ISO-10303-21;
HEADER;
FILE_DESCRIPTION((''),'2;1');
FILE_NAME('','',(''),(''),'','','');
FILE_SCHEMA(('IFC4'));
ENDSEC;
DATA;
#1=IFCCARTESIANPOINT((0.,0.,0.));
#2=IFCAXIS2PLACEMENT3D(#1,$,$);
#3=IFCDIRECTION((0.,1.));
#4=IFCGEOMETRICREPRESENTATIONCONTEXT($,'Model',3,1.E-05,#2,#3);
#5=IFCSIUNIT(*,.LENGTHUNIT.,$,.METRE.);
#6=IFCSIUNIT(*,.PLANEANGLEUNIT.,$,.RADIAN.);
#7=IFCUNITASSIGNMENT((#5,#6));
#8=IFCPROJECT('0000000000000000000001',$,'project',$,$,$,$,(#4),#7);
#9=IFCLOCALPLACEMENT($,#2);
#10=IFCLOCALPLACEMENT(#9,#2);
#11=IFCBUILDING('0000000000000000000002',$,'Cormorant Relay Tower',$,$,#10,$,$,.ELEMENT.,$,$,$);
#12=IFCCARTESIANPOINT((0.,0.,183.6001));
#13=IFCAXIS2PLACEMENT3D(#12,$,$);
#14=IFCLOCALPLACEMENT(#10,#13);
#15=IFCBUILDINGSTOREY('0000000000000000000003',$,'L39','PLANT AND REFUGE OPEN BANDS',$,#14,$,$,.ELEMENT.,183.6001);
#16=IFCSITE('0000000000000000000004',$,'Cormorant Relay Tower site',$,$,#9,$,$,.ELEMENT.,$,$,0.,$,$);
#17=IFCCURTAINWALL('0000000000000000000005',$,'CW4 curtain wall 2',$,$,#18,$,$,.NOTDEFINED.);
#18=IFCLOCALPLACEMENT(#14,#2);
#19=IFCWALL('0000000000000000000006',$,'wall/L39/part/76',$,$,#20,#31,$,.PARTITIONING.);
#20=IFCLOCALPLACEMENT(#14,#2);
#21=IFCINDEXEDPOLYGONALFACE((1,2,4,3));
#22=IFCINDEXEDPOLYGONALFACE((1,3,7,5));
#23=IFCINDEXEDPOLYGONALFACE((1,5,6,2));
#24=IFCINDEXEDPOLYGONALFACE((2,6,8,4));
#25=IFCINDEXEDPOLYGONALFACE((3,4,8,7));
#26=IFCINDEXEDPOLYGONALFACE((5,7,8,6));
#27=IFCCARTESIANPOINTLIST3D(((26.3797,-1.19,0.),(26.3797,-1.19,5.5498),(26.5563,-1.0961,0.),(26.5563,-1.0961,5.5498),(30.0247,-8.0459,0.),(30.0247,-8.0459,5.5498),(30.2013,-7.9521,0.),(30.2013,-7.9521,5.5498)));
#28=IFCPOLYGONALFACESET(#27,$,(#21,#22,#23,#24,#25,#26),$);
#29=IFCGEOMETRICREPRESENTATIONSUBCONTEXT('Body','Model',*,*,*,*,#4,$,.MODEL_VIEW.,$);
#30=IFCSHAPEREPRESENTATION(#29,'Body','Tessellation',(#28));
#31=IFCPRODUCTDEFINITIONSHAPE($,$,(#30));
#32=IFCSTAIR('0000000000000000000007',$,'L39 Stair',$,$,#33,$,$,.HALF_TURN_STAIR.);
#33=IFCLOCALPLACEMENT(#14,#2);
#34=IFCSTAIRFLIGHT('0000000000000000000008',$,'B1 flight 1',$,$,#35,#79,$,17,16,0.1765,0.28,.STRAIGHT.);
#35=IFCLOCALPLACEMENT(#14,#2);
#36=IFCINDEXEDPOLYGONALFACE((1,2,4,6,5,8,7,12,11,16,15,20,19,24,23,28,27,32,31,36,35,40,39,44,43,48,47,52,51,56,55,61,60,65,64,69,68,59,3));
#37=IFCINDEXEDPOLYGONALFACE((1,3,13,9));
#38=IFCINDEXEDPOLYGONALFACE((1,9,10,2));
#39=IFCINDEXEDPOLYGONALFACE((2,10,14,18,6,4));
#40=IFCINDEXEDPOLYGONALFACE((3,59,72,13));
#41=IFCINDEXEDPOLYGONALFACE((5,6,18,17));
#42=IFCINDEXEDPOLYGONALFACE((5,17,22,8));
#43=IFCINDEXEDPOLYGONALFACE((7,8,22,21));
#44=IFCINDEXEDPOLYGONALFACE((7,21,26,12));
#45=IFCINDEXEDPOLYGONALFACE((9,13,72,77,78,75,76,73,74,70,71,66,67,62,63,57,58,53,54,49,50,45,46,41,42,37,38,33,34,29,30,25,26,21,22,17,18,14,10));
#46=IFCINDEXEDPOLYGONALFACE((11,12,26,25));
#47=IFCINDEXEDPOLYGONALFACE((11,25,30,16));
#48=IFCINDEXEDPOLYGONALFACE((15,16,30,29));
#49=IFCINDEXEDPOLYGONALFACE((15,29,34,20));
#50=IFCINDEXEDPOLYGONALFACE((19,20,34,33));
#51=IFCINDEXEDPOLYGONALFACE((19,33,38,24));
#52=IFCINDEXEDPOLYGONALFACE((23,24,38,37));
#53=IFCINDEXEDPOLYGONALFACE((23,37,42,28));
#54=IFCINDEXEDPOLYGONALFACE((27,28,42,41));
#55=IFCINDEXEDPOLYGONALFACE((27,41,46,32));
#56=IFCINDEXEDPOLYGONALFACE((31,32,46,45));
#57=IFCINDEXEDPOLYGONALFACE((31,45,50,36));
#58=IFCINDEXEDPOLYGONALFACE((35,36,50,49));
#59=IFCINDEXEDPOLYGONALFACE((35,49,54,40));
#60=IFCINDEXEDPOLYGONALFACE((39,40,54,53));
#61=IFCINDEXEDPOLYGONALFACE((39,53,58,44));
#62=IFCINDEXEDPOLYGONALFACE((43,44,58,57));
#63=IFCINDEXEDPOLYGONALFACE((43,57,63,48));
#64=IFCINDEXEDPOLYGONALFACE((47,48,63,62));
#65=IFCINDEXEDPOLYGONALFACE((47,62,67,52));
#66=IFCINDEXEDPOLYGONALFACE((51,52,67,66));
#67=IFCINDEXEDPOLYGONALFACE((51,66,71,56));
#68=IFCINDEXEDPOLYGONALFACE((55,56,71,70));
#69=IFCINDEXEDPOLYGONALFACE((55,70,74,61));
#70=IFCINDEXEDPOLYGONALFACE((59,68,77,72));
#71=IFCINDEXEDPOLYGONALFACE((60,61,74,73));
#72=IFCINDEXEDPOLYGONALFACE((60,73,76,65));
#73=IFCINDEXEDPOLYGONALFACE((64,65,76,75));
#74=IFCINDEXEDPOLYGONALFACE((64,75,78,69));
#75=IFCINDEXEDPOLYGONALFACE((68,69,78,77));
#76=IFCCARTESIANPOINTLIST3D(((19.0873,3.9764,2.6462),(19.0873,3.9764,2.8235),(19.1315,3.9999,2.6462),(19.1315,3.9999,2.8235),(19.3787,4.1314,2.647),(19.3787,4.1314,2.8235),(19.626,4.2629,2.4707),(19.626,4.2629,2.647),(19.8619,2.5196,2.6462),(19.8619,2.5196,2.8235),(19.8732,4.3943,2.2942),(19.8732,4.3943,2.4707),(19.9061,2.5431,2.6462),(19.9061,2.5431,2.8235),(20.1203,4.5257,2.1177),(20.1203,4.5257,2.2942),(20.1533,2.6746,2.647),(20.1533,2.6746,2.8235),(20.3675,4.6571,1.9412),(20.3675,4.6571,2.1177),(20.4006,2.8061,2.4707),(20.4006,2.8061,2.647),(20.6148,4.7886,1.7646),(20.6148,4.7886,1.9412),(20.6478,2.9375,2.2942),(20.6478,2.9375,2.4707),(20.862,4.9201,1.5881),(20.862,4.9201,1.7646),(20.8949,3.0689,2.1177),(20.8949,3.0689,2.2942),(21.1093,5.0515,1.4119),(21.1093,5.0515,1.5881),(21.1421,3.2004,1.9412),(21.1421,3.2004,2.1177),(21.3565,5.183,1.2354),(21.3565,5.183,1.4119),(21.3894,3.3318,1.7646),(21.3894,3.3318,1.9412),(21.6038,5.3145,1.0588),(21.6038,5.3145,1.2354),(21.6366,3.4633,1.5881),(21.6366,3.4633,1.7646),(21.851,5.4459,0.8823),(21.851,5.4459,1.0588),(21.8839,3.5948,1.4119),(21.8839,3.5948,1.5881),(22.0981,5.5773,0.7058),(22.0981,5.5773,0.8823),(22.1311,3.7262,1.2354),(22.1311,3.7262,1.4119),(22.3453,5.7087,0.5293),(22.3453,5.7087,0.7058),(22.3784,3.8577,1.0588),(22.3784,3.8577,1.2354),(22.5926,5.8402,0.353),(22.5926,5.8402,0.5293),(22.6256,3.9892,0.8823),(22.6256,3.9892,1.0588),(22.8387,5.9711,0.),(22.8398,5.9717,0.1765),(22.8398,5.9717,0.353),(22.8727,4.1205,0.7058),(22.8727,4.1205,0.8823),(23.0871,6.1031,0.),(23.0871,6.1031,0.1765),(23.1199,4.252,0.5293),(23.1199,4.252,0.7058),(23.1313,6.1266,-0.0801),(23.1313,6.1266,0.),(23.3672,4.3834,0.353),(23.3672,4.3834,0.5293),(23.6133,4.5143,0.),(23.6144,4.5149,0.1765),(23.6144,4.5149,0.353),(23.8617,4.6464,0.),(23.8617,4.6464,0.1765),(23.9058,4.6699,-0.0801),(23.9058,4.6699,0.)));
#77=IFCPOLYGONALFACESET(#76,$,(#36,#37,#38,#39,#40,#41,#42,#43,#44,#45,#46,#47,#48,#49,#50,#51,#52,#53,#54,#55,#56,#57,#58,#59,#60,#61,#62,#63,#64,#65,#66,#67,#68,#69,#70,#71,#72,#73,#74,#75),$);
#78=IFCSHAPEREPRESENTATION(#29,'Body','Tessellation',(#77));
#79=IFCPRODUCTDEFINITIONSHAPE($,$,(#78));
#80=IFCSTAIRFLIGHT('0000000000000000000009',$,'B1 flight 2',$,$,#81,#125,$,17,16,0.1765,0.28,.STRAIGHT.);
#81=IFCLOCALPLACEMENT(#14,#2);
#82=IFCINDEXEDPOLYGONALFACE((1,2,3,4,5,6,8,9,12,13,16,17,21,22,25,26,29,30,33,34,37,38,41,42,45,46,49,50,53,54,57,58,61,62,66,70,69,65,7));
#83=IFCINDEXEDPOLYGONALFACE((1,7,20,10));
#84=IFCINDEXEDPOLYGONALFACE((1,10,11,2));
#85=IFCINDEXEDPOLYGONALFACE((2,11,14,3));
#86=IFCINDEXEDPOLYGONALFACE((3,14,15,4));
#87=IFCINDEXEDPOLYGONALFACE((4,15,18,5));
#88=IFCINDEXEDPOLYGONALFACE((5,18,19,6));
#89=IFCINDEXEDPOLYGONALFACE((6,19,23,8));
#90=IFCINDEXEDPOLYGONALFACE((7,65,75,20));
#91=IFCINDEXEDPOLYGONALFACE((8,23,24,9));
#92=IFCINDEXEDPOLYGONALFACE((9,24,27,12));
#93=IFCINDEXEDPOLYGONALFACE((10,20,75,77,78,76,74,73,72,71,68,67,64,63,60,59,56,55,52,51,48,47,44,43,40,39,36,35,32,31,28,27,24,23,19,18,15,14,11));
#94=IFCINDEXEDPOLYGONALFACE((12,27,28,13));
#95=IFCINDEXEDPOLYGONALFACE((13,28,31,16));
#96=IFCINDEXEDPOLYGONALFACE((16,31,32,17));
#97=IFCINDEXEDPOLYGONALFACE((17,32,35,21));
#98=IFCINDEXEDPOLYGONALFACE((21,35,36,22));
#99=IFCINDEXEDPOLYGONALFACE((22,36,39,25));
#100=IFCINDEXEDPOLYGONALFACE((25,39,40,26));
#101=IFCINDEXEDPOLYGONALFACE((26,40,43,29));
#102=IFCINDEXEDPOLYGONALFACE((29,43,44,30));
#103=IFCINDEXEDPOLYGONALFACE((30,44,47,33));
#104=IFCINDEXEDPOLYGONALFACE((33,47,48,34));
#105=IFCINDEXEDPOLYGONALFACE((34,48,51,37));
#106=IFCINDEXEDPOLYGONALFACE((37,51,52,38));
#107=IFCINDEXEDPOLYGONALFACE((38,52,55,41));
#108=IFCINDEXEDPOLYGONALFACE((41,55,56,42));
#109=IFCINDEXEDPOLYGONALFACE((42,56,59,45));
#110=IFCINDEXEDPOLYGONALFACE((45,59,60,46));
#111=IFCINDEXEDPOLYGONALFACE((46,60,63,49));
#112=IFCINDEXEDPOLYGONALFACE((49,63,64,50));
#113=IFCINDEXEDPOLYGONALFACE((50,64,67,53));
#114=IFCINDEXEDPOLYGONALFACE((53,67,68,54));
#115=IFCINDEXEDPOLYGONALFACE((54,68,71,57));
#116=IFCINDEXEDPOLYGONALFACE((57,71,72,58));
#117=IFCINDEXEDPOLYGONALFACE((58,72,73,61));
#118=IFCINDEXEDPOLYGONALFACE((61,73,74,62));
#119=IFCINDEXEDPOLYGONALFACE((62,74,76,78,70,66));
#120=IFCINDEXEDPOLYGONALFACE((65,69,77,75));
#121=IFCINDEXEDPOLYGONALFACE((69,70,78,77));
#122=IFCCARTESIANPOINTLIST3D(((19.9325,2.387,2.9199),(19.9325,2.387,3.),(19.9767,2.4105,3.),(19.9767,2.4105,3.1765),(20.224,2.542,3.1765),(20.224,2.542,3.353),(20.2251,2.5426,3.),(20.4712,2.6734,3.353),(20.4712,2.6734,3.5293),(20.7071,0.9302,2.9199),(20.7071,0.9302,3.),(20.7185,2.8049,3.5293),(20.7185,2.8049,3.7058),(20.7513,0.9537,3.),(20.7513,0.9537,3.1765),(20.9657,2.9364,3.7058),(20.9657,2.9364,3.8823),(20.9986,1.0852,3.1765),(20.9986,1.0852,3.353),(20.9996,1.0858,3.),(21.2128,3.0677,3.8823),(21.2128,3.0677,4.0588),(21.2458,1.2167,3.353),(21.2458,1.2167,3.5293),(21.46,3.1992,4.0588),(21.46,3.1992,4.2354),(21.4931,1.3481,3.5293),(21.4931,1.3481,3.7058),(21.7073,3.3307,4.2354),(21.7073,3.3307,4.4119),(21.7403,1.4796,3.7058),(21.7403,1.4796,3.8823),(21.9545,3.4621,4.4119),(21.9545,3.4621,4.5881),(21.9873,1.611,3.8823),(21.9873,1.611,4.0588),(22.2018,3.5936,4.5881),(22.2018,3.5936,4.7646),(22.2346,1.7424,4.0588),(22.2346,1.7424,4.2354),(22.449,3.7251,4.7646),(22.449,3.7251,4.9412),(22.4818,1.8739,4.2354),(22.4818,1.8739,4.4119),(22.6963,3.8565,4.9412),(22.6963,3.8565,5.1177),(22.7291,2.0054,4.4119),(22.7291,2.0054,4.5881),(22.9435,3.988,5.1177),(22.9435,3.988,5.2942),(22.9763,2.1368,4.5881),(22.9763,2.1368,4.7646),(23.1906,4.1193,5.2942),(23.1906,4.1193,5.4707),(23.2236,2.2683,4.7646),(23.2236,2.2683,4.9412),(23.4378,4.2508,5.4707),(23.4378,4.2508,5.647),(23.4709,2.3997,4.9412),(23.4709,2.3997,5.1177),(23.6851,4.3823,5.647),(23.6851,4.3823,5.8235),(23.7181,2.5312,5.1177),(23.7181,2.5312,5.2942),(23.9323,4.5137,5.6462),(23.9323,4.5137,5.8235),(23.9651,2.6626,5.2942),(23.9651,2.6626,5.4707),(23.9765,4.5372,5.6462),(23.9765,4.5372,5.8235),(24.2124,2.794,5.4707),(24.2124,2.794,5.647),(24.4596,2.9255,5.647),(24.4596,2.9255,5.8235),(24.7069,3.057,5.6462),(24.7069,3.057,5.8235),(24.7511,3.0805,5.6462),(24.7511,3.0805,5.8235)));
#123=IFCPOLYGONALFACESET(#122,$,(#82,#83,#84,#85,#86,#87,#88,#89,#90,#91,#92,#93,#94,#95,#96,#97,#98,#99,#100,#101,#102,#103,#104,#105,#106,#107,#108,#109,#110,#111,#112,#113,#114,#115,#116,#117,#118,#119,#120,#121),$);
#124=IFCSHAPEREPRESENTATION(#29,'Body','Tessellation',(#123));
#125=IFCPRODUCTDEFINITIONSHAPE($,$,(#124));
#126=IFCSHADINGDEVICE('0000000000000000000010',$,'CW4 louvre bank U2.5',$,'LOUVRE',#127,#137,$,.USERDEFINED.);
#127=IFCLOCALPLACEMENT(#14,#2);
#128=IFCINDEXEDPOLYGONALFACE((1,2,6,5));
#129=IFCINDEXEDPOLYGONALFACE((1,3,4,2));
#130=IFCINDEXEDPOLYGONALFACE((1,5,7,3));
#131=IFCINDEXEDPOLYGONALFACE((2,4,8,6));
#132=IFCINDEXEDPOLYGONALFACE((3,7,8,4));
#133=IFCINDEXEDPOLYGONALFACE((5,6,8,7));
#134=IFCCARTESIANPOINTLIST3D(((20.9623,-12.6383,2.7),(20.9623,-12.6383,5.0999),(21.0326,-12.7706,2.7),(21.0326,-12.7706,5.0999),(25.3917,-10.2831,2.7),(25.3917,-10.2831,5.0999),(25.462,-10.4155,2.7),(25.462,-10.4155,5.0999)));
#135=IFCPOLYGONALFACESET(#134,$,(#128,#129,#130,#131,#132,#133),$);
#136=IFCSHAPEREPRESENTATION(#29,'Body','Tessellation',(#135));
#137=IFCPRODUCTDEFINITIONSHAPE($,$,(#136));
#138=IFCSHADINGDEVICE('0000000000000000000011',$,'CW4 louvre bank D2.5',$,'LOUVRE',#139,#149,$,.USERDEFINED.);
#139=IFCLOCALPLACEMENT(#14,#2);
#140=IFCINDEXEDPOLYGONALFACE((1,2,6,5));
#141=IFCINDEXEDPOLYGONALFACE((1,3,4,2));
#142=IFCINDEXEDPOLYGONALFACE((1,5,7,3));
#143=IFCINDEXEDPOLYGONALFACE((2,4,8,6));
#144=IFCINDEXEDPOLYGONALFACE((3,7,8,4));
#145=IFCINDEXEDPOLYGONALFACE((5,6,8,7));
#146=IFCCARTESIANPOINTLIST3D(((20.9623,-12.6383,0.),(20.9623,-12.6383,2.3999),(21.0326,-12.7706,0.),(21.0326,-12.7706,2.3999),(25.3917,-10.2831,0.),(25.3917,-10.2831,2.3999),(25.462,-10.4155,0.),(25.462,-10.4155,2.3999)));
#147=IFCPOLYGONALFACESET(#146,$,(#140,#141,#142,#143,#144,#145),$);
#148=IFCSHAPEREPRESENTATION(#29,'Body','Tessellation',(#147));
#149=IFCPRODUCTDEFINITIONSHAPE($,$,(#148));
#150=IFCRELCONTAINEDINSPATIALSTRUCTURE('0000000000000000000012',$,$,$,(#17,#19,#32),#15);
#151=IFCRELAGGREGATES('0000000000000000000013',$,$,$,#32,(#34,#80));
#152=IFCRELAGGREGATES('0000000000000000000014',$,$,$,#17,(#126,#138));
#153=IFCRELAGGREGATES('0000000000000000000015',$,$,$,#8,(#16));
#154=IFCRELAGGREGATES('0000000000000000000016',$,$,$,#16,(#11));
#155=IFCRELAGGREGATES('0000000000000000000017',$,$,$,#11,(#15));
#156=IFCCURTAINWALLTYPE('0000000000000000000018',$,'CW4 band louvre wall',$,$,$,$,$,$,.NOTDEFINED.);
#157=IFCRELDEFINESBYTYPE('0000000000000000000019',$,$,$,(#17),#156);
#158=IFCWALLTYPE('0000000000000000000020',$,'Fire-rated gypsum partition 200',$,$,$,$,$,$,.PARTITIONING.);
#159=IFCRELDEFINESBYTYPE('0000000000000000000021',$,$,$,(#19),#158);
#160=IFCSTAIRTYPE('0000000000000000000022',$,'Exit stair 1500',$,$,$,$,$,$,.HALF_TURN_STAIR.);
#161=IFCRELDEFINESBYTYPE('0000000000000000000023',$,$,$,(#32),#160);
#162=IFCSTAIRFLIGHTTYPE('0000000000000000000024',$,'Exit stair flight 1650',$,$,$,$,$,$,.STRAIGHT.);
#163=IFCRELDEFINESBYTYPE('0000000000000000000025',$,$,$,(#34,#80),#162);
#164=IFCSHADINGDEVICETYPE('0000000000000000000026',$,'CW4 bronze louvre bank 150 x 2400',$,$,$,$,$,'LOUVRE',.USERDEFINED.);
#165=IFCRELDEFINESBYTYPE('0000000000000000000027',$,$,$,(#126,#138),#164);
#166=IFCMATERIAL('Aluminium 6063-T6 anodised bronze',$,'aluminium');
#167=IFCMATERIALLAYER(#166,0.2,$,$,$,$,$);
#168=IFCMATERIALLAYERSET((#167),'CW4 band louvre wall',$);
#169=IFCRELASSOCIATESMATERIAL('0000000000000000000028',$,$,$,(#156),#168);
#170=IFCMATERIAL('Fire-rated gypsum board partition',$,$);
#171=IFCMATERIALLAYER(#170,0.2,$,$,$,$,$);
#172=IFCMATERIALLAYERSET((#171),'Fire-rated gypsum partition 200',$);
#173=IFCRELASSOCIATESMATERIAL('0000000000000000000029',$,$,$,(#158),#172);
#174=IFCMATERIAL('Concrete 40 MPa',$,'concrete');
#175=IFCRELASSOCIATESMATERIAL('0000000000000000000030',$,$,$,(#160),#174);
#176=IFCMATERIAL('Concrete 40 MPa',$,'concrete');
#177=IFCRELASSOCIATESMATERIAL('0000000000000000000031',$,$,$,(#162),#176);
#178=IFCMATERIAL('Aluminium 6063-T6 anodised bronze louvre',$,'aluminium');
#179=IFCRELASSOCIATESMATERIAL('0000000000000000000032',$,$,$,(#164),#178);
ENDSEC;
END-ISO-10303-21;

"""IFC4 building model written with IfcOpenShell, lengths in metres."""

from ifc_helpers import new_model, si_unit, direction, frame, frame_2d, origin, origin_2d, place, context, subcontext, project, spatial, polyline, rectangle, outline, extrude, material, layer, layer_set, type_object, element, aggregate, save


model = new_model("IFC4")

# Units and contexts
model_context = context("Model", 3, precision=1e-05, world=origin(), true_north=direction((0.0, 1.0)))
body_context = subcontext(model_context, "Body", "Model", "MODEL_VIEW")
ifc_project = project(units=[si_unit("LENGTHUNIT", "METRE"), si_unit("PLANEANGLEUNIT", "RADIAN")], contexts=[model_context])

# Site, building, storey
site_placement = place(None, origin())
site = spatial("IfcSite", under=ifc_project, at=site_placement, Name="Cormorant Relay Tower site", CompositionType="ELEMENT", RefElevation=0.0)
building_placement = place(site_placement, origin())
building = spatial("IfcBuilding", under=site, at=building_placement, Name="Cormorant Relay Tower", CompositionType="ELEMENT")
storey_placement = place(building_placement, frame((0.0, 0.0, 183.6001)))
storey = spatial("IfcBuildingStorey", under=building, at=storey_placement, Name="L39", Description="PLANT AND REFUGE OPEN BANDS", CompositionType="ELEMENT", Elevation=183.6001)

# Curtain wall
ifc_material_1 = material(Name="Aluminium 6063-T6 anodised bronze", Category="aluminium")
ifc_layer_1 = layer(ifc_material_1, 0.2)
ifc_layer_set_1 = layer_set([ifc_layer_1], Name="CW4 band louvre wall")
curtain_wall_type = type_object("IfcCurtainWallType", Name="CW4 band louvre wall", PredefinedType="NOTDEFINED", material=ifc_layer_set_1)
curtain_wall_placement = place(storey_placement, origin())
curtain_wall = element("IfcCurtainWall", 1, at=curtain_wall_placement, inside=storey, type_object=curtain_wall_type, Name="CW4 curtain wall 2", PredefinedType="NOTDEFINED")

# Wall
ifc_material_2 = material(Name="Fire-rated gypsum board partition")
ifc_layer_2 = layer(ifc_material_2, 0.2)
ifc_layer_set_2 = layer_set([ifc_layer_2], Name="Fire-rated gypsum partition 200")
wall_type_1 = type_object("IfcWallType", Name="Fire-rated gypsum partition 200", PredefinedType="PARTITIONING", material=ifc_layer_set_2)
wall_1_placement = place(storey_placement, frame((26.468, -1.1431, 0.0), z_axis=(0.0, 0.0, 1.0), x_axis=(0.469436, -0.882967, 0.0)))
element("IfcWall", 2, at=wall_1_placement, inside=storey, type_object=wall_type_1, Name="wall/L39/part/76", PredefinedType="PARTITIONING", context=body_context, shape_type="SweptSolid", body=[
    extrude(rectangle(XDim=7.7646, YDim=0.2, at=frame_2d((3.8823, 0.0))), origin(), (0.0, 0.0, 1.0), 5.5498),
])

# Stair, stair flights
ifc_material_3 = material(Name="Concrete 40 MPa", Category="concrete")
stair_type = type_object("IfcStairType", Name="Exit stair 1500", PredefinedType="HALF_TURN_STAIR", material=ifc_material_3)
stair_placement = place(storey_placement, origin())
stair = element("IfcStair", 3, at=stair_placement, inside=storey, type_object=stair_type, Name="L39 Stair", PredefinedType="HALF_TURN_STAIR")
ifc_material_4 = material(Name="Concrete 40 MPa", Category="concrete")
stair_flight_type = type_object("IfcStairFlightType", Name="Exit stair flight 1650", PredefinedType="STRAIGHT", material=ifc_material_4)
stair_flight_1_placement = place(storey_placement, frame((23.4744, 5.3748, 0.0), z_axis=(0.0, 0.0, 1.0), x_axis=(-0.882948, -0.469472, 0.0)))
stair_flight_1 = element("IfcStairFlight", 4, at=stair_flight_1_placement, type_object=stair_flight_type, Name="B1 flight 1", NumberOfRisers=17, NumberOfTreads=16, PredefinedType="STRAIGHT", RiserHeight=0.1765, TreadLength=0.28, context=body_context, shape_type="SweptSolid", body=[
    extrude(outline(polyline([(-0.05, -0.0801), (-0.05, 0.0), (0.0, 0.0), (0.0, 0.1765), (0.28, 0.1765), (0.28, 0.353), (0.5601, 0.353), (0.5601, 0.5293), (0.8401, 0.5293), (0.8401, 0.7058), (1.1201, 0.7058), (1.1201, 0.8823), (1.3999, 0.8823), (1.3999, 1.0588), (1.6799, 1.0588), (1.6799, 1.2354), (1.96, 1.2354), (1.96, 1.4119), (2.24, 1.4119), (2.24, 1.5881), (2.52, 1.5881), (2.52, 1.7646), (2.8, 1.7646), (2.8, 1.9412), (3.0801, 1.9412), (3.0801, 2.1177), (3.3601, 2.1177), (3.3601, 2.2942), (3.6399, 2.2942), (3.6399, 2.4707), (3.9199, 2.4707), (3.9199, 2.647), (4.2, 2.647), (4.2, 2.8235), (4.48, 2.8235), (4.53, 2.8235), (4.53, 2.6462), (4.48, 2.6462), (0.2812, 0.0), (-0.05, -0.0801)])), frame((0.0, 0.825, 0.0), z_axis=(0.0, -1.0, 0.0), x_axis=(1.0, 0.0, 0.0)), (0.0, 0.0, 1.0), 1.6499),
])
stair_flight_2_placement = place(storey_placement, frame((20.364, 1.6821, 3.0), z_axis=(0.0, 0.0, 1.0), x_axis=(0.882948, 0.469472, 0.0)))
stair_flight_2 = element("IfcStairFlight", 5, at=stair_flight_2_placement, type_object=stair_flight_type, Name="B1 flight 2", NumberOfRisers=17, NumberOfTreads=16, PredefinedType="STRAIGHT", RiserHeight=0.1765, TreadLength=0.28, context=body_context, shape_type="SweptSolid", body=[
    extrude(outline(polyline([(-0.05, -0.0801), (-0.05, 0.0), (0.0, 0.0), (0.0, 0.1765), (0.28, 0.1765), (0.28, 0.353), (0.5601, 0.353), (0.5601, 0.5293), (0.8401, 0.5293), (0.8401, 0.7058), (1.1201, 0.7058), (1.1201, 0.8823), (1.3999, 0.8823), (1.3999, 1.0588), (1.6799, 1.0588), (1.6799, 1.2354), (1.96, 1.2354), (1.96, 1.4119), (2.24, 1.4119), (2.24, 1.5881), (2.52, 1.5881), (2.52, 1.7646), (2.8, 1.7646), (2.8, 1.9412), (3.0801, 1.9412), (3.0801, 2.1177), (3.3601, 2.1177), (3.3601, 2.2942), (3.6399, 2.2942), (3.6399, 2.4707), (3.9199, 2.4707), (3.9199, 2.647), (4.2, 2.647), (4.2, 2.8235), (4.48, 2.8235), (4.53, 2.8235), (4.53, 2.6462), (4.48, 2.6462), (0.2812, 0.0), (-0.05, -0.0801)])), frame((0.0, 0.825, 0.0), z_axis=(0.0, -1.0, 0.0), x_axis=(1.0, 0.0, 0.0)), (0.0, 0.0, 1.0), 1.6499),
])
aggregate(stair, [stair_flight_1, stair_flight_2])

# Shading devices
ifc_material_5 = material(Name="Aluminium 6063-T6 anodised bronze louvre", Category="aluminium")
shading_device_type = type_object("IfcShadingDeviceType", Name="CW4 bronze louvre bank 150 x 2400", ElementType="LOUVRE", PredefinedType="USERDEFINED", material=ifc_material_5)
shading_device_1_placement = place(storey_placement, frame((23.2122, -11.5269, 2.7), z_axis=(0.0, 0.0, 1.0), x_axis=(0.882948, 0.469472, 0.0)))
shading_device_1 = element("IfcShadingDevice", 6, at=shading_device_1_placement, type_object=shading_device_type, Name="CW4 louvre bank U2.5", ObjectType="LOUVRE", PredefinedType="USERDEFINED", context=body_context, shape_type="SweptSolid", body=[
    extrude(rectangle(XDim=5.0166, YDim=0.1499, at=origin_2d()), origin(), (0.0, 0.0, 1.0), 2.3999),
])
shading_device_2_placement = place(storey_placement, frame((23.2122, -11.5269, 0.0), z_axis=(0.0, 0.0, 1.0), x_axis=(0.882948, 0.469472, 0.0)))
shading_device_2 = element("IfcShadingDevice", 7, at=shading_device_2_placement, type_object=shading_device_type, Name="CW4 louvre bank D2.5", ObjectType="LOUVRE", PredefinedType="USERDEFINED", context=body_context, shape_type="SweptSolid", body=[
    extrude(rectangle(XDim=5.0166, YDim=0.1499, at=origin_2d()), origin(), (0.0, 0.0, 1.0), 2.3999),
])
aggregate(curtain_wall, [shading_device_1, shading_device_2])

save(model, "model.ifc")
